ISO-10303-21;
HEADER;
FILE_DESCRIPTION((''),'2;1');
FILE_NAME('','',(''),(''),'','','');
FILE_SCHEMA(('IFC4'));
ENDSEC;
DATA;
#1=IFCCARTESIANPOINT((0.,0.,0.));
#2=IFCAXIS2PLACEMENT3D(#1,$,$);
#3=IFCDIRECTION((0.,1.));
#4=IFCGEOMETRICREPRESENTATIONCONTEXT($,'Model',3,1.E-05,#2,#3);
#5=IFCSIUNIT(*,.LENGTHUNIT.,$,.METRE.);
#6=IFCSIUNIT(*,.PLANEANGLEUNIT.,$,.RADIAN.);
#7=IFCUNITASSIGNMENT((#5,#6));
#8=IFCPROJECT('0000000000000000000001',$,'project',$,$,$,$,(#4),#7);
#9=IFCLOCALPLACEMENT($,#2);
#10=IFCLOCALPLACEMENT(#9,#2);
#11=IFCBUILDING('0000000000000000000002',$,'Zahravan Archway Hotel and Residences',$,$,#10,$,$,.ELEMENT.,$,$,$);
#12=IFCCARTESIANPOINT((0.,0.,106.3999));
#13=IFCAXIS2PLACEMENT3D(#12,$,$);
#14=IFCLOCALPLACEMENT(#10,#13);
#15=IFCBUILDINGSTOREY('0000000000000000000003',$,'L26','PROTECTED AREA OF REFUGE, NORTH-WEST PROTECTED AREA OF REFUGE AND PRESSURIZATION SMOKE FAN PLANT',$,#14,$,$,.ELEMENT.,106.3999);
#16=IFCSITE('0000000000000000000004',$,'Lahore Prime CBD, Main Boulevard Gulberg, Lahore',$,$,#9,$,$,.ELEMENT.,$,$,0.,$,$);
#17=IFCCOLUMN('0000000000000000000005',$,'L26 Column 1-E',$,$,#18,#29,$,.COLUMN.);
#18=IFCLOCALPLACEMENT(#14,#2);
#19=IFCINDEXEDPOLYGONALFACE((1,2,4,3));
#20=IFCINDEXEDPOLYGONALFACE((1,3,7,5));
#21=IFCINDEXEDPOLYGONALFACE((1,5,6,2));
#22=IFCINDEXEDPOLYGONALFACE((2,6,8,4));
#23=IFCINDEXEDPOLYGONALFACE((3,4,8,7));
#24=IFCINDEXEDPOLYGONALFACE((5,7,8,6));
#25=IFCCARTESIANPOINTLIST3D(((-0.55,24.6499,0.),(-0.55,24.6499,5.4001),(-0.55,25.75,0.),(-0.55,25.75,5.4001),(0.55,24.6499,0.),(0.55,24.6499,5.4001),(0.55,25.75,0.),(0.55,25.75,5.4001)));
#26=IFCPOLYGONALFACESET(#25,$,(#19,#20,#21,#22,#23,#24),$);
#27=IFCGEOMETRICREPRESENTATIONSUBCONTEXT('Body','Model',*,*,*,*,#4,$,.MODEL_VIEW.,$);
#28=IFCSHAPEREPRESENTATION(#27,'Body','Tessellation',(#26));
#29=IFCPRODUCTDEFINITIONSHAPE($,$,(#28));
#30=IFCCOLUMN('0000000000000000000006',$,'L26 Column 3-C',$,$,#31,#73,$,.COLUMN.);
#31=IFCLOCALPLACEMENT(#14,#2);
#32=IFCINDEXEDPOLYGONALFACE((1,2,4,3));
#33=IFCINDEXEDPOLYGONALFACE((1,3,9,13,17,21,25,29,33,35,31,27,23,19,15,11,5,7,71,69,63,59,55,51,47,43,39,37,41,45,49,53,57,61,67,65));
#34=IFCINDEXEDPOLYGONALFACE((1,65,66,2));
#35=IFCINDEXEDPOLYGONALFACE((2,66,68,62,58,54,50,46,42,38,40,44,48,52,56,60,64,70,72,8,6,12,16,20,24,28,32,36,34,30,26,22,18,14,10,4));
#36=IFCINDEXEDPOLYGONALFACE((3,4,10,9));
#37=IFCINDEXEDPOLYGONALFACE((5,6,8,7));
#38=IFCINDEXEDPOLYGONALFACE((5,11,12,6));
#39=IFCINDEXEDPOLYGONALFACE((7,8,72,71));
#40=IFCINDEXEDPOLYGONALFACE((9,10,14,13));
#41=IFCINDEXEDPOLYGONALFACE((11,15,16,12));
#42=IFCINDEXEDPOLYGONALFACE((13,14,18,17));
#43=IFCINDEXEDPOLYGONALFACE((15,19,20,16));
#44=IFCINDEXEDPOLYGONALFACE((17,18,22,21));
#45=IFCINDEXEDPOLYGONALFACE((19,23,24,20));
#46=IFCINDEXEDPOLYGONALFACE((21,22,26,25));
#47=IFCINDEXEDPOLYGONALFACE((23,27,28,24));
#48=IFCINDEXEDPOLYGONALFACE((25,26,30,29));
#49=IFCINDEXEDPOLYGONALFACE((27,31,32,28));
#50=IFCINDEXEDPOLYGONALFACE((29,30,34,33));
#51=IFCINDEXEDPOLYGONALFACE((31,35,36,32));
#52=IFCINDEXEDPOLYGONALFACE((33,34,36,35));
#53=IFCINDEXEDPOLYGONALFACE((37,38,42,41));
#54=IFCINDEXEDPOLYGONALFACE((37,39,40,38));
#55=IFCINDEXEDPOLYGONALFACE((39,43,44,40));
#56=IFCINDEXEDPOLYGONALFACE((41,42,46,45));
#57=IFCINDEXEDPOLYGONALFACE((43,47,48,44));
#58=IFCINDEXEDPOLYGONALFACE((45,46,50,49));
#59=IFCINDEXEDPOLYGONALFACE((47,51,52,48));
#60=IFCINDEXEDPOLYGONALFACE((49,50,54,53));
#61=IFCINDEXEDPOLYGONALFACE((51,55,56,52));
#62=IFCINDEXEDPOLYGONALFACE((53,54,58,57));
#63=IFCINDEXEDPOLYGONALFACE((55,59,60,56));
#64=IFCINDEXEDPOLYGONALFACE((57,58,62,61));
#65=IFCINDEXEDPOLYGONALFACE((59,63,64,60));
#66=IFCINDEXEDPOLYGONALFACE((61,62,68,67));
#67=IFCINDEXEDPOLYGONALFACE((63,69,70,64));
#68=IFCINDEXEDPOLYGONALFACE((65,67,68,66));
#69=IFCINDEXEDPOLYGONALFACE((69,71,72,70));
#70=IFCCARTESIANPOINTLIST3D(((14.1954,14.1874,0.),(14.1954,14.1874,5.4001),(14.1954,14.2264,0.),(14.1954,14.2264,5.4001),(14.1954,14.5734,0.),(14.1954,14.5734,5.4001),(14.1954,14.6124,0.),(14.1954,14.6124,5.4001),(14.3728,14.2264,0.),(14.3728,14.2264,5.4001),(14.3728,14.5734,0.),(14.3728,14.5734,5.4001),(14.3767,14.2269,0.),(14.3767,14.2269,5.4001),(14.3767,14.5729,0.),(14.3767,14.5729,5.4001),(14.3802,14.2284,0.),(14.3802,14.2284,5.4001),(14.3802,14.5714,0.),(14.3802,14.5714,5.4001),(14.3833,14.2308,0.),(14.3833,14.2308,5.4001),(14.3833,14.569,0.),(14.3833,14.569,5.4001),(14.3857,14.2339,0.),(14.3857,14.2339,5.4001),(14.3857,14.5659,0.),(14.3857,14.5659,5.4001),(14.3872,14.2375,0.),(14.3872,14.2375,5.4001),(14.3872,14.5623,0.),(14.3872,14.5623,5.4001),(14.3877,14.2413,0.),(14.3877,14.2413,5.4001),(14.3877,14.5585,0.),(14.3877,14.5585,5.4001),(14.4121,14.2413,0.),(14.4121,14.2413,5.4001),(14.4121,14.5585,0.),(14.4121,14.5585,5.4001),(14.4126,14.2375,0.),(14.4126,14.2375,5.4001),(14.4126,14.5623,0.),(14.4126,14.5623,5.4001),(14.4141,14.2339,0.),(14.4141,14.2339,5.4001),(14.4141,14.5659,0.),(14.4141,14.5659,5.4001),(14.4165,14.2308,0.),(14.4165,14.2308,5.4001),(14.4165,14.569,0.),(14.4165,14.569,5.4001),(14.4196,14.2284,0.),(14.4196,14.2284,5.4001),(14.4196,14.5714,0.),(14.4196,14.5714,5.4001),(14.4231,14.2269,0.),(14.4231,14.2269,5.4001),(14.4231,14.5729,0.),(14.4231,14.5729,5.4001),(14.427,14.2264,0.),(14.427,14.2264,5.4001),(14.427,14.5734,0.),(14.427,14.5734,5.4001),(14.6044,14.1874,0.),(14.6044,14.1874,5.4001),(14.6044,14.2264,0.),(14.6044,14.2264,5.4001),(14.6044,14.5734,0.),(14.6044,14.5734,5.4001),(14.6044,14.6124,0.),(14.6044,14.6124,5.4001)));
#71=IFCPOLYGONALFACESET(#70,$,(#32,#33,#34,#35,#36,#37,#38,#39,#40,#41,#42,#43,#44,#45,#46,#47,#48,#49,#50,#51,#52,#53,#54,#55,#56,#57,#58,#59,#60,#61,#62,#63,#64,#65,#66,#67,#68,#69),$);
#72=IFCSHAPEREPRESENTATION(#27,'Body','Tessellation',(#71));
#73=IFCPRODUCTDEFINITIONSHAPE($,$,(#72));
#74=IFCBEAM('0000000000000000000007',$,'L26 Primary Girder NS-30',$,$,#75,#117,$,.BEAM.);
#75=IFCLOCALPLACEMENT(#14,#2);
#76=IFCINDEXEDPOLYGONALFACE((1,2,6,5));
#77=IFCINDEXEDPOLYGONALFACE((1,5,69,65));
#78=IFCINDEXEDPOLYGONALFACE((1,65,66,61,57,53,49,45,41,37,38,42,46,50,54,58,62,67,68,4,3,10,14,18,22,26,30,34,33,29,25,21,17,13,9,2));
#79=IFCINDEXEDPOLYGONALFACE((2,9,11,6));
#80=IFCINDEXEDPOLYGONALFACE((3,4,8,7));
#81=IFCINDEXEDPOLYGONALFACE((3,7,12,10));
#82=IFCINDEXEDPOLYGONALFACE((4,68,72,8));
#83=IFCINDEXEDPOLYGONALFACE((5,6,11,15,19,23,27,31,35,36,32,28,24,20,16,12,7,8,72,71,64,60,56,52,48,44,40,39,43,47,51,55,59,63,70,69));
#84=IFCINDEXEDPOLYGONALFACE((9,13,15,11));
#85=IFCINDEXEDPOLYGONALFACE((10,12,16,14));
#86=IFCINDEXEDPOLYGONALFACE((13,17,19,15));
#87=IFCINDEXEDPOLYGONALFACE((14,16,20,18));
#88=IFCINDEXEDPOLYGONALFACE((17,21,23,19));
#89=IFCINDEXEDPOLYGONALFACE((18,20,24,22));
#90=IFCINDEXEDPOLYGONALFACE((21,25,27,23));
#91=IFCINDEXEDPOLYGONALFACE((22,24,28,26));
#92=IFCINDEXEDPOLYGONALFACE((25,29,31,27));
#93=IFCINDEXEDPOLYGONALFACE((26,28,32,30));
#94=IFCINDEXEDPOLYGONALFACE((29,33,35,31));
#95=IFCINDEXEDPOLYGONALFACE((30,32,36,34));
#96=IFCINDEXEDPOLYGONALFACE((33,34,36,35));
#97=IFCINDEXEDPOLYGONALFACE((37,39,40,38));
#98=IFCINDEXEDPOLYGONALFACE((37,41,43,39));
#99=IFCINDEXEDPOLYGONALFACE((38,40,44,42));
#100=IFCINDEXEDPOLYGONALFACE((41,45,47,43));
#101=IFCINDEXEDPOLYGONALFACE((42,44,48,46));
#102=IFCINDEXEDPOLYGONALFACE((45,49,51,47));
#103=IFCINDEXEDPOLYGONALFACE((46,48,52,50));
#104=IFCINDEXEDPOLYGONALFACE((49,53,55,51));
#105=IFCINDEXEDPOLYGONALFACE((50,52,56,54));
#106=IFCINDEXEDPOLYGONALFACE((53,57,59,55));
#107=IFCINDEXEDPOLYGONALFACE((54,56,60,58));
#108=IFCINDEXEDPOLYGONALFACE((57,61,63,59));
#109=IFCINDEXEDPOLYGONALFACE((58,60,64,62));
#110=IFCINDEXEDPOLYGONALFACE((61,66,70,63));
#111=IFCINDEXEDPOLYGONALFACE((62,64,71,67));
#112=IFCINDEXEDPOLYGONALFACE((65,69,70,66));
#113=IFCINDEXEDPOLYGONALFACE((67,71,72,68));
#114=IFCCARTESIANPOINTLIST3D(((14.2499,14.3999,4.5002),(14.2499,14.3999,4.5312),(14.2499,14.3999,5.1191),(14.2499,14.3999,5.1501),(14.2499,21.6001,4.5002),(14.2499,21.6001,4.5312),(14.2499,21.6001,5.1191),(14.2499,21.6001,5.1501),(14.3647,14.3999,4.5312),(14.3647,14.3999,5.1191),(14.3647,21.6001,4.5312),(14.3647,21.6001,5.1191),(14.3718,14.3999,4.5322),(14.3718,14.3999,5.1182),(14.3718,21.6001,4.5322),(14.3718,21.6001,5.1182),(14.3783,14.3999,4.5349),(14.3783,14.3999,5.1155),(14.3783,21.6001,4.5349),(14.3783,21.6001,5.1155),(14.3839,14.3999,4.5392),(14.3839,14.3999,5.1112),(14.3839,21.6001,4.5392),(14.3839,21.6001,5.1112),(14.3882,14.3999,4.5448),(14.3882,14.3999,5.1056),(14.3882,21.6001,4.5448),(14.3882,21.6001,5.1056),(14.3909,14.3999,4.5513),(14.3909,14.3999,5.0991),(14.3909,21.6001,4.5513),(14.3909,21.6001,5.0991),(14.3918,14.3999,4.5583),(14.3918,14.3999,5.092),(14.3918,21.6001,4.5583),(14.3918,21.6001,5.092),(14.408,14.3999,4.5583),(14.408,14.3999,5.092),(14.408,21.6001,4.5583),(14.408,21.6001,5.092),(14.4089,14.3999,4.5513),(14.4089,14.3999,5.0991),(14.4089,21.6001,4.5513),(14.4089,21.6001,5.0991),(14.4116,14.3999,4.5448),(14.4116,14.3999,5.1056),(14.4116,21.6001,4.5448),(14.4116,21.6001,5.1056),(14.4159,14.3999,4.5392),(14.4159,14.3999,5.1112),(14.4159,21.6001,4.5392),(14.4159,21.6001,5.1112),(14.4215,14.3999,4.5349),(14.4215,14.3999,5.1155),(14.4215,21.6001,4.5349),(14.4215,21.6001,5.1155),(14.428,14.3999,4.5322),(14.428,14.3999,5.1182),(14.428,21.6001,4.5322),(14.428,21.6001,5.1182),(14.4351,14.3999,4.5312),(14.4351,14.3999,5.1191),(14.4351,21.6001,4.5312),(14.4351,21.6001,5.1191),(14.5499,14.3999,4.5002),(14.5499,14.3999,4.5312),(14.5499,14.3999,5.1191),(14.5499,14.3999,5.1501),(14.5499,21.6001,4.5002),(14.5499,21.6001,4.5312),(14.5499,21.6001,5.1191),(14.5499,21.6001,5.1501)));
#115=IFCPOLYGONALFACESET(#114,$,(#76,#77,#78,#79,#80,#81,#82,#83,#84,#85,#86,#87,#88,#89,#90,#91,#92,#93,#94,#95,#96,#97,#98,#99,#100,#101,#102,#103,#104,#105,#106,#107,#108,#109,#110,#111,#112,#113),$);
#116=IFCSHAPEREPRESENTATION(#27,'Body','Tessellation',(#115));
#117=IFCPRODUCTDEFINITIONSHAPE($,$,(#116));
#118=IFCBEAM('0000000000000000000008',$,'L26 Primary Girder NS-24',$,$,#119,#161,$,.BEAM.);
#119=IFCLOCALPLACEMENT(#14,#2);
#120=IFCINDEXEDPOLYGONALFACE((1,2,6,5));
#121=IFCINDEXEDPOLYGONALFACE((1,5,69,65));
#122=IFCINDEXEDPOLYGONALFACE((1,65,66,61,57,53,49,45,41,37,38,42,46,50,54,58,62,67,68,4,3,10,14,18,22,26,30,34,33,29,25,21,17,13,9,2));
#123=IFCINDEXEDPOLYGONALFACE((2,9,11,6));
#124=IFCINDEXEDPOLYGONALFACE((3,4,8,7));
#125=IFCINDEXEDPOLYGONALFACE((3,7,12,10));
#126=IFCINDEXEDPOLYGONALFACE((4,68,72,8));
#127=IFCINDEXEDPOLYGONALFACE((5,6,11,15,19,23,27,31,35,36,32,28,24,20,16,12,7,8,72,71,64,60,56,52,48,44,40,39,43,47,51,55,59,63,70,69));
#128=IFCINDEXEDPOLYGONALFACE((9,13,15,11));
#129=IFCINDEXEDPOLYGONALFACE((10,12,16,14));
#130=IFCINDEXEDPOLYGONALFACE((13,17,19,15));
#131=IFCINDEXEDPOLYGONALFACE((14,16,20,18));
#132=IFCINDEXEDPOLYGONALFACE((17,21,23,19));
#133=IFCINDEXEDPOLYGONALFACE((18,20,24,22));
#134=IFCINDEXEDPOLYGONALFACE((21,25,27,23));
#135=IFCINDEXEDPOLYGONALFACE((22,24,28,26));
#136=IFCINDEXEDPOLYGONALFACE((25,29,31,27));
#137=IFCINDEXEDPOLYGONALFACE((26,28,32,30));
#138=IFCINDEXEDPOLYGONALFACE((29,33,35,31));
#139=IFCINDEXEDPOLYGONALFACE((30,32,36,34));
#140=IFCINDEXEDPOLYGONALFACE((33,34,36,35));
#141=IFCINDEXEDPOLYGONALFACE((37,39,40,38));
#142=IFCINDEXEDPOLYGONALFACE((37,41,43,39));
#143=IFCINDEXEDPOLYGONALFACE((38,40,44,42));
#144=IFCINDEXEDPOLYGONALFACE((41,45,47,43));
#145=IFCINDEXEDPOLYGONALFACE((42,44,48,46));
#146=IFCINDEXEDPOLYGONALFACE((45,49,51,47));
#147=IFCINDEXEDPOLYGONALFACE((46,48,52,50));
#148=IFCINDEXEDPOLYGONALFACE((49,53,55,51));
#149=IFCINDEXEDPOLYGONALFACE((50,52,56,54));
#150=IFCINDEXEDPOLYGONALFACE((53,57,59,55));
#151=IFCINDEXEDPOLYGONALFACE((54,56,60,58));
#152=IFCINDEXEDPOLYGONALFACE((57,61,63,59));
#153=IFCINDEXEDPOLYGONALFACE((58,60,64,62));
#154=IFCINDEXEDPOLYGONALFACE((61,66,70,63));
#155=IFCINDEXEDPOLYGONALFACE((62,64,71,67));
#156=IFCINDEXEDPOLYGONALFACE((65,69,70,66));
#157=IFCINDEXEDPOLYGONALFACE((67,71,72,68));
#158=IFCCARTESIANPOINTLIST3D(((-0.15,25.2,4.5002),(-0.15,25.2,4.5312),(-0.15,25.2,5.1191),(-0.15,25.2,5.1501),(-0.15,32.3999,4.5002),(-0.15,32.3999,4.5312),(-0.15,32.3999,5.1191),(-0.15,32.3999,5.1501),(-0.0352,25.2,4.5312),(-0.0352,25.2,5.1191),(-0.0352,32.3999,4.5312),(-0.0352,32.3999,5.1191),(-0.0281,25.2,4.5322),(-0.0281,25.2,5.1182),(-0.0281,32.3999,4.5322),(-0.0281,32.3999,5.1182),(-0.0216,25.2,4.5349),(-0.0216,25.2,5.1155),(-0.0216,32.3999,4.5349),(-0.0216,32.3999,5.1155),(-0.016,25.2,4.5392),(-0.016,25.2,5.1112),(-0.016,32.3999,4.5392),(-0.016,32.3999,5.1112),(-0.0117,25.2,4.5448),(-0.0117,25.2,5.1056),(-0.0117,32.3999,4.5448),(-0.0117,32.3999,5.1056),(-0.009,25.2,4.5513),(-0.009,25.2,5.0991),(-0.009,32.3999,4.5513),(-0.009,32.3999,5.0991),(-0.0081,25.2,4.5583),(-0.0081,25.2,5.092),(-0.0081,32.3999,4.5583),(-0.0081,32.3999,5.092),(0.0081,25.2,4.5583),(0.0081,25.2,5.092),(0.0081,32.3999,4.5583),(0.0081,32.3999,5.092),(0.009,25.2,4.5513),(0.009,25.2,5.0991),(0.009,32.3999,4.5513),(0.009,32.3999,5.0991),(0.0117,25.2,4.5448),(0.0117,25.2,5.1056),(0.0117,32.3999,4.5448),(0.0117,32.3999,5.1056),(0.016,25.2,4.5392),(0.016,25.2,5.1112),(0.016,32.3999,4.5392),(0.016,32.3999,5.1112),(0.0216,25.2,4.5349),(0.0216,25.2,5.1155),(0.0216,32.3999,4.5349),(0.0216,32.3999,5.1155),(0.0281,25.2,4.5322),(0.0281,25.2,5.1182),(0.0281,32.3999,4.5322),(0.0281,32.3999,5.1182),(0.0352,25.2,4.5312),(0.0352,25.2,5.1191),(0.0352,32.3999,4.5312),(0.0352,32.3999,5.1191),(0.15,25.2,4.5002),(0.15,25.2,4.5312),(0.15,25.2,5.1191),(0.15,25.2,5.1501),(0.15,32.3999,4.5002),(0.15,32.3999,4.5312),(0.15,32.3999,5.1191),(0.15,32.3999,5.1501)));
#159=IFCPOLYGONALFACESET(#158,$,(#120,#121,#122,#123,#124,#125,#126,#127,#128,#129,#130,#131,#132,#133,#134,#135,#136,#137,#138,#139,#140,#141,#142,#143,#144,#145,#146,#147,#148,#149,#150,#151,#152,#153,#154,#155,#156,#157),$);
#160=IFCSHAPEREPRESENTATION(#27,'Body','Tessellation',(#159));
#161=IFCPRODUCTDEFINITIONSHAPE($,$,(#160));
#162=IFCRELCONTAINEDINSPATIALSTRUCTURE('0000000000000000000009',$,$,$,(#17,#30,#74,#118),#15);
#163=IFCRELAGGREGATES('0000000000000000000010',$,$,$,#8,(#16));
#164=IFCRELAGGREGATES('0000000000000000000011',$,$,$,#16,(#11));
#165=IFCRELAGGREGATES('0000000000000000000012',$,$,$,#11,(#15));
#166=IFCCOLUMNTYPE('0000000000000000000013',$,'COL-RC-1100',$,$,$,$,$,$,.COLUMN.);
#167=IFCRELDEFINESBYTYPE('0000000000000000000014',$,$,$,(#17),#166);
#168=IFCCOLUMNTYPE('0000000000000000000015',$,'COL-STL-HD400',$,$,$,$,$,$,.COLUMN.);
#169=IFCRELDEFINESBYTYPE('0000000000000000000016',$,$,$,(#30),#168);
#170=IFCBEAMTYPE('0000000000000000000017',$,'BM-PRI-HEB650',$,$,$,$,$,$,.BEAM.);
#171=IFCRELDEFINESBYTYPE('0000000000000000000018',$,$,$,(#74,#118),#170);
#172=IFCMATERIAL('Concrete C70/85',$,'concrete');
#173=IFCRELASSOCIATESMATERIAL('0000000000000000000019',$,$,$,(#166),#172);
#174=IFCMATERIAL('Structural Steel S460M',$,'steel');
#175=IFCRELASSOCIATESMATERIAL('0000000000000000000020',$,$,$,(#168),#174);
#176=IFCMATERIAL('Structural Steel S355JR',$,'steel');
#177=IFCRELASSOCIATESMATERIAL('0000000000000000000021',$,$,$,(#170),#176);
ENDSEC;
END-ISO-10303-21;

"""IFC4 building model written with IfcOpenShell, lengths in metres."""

from ifc_helpers import new_model, si_unit, direction, frame, origin, origin_2d, place, context, subcontext, project, spatial, rectangle, i_section, extrude, source, transform, mapped, material, material_profile, profile_set, type_object, type_shapes, element, save


model = new_model("IFC4")

# Units and contexts
model_context = context("Model", 3, precision=1e-05, world=origin(), true_north=direction((0.0, 1.0)))
body_context = subcontext(model_context, "Body", "Model", "MODEL_VIEW")
ifc_project = project(units=[si_unit("LENGTHUNIT", "METRE"), si_unit("PLANEANGLEUNIT", "RADIAN")], contexts=[model_context])

# Site, building, storey
site_placement = place(None, origin())
site = spatial("IfcSite", under=ifc_project, at=site_placement, Name="Lahore Prime CBD, Main Boulevard Gulberg, Lahore", CompositionType="ELEMENT", RefElevation=0.0)
building_placement = place(site_placement, origin())
building = spatial("IfcBuilding", under=site, at=building_placement, Name="Zahravan Archway Hotel and Residences", CompositionType="ELEMENT")
storey_placement = place(building_placement, frame((0.0, 0.0, 106.3999)))
storey = spatial("IfcBuildingStorey", under=building, at=storey_placement, Name="L26", Description="PROTECTED AREA OF REFUGE, NORTH-WEST PROTECTED AREA OF REFUGE AND PRESSURIZATION SMOKE FAN PLANT", CompositionType="ELEMENT", Elevation=106.3999)

# Columns
ifc_material_1 = material(Name="Concrete C70/85", Category="concrete")
ifc_material_profile_1 = material_profile(ifc_material_1, rectangle(XDim=1.1001, YDim=1.1001, at=origin_2d()), Name="RC 1100x1100", Category="concrete")
ifc_profile_set_1 = profile_set([ifc_material_profile_1], Name="Concrete C70/85")
column_type_1 = type_object("IfcColumnType", Name="COL-RC-1100", PredefinedType="COLUMN", material=ifc_profile_set_1)
shared_shape_1 = source(origin(), body_context, "Body", "SweptSolid", [
    extrude(rectangle(XDim=1.1001, YDim=1.1001, at=origin_2d()), origin(), (0.0, 0.0, 1.0), 5.4001),
])
column_1_placement = place(storey_placement, frame((0.0, 25.2, 0.0), z_axis=(0.0, 0.0, 1.0), x_axis=(1.0, 0.0, 0.0)))
element("IfcColumn", 1, at=column_1_placement, inside=storey, type_object=column_type_1, Name="L26 Column 1-E", PredefinedType="COLUMN", context=body_context, shape_type="MappedRepresentation", body=[
    mapped(shared_shape_1, transform((0.0, 0.0, 0.0), scale=1.0)),
])
ifc_material_2 = material(Name="Structural Steel S460M", Category="steel")
ifc_material_profile_2 = material_profile(ifc_material_2, i_section(OverallWidth=0.4089, OverallDepth=0.425, WebThickness=0.0244, FlangeThickness=0.0391, FilletRadius=0.0149, at=origin_2d()), Name="HD 400x421", Category="steel")
ifc_profile_set_2 = profile_set([ifc_material_profile_2], Name="Structural Steel S460M")
column_type_2 = type_object("IfcColumnType", Name="COL-STL-HD400", PredefinedType="COLUMN", material=ifc_profile_set_2)
shared_shape_2 = source(origin(), body_context, "Body", "SweptSolid", [
    extrude(i_section(OverallWidth=0.4089, OverallDepth=0.425, WebThickness=0.0244, FlangeThickness=0.0391, FilletRadius=0.0149, at=origin_2d()), origin(), (0.0, 0.0, 1.0), 5.4001),
])
column_2_placement = place(storey_placement, frame((14.3999, 14.3999, 0.0), z_axis=(0.0, 0.0, 1.0), x_axis=(1.0, 0.0, 0.0)))
element("IfcColumn", 2, at=column_2_placement, inside=storey, type_object=column_type_2, Name="L26 Column 3-C", PredefinedType="COLUMN", context=body_context, shape_type="MappedRepresentation", body=[
    mapped(shared_shape_2, transform((0.0, 0.0, 0.0), scale=1.0)),
])

# Beams
ifc_material_3 = material(Name="Structural Steel S355JR", Category="steel")
ifc_material_profile_3 = material_profile(ifc_material_3, i_section(OverallWidth=0.3, OverallDepth=0.6499, WebThickness=0.0161, FlangeThickness=0.031, FilletRadius=0.0271, at=origin_2d()), Name="HEB 650", Category="steel")
ifc_profile_set_3 = profile_set([ifc_material_profile_3], Name="Structural Steel S355JR")
beam_type_1 = type_object("IfcBeamType", Name="BM-PRI-HEB650", PredefinedType="BEAM", material=ifc_profile_set_3)
shared_shape_3 = source(origin(), body_context, "Body", "SweptSolid", [
    extrude(i_section(OverallWidth=0.3, OverallDepth=0.6499, WebThickness=0.0161, FlangeThickness=0.031, FilletRadius=0.0271, at=origin_2d()), origin(), (0.0, 0.0, 1.0), 7.2002),
])
type_shapes(beam_type_1, [shared_shape_3])
beam_1_placement = place(storey_placement, frame((14.3999, 14.3999, 4.8252), z_axis=(0.0, 1.0, 0.0), x_axis=(-1.0, 0.0, 0.0)))
element("IfcBeam", 3, at=beam_1_placement, inside=storey, type_object=beam_type_1, Name="L26 Primary Girder NS-30", PredefinedType="BEAM", context=body_context, shape_type="MappedRepresentation", body=[
    mapped(shared_shape_3, transform((0.0, 0.0, 0.0), scale=1.0)),
])
shared_shape_4 = source(origin(), body_context, "Body", "SweptSolid", [
    extrude(i_section(OverallWidth=0.3, OverallDepth=0.6499, WebThickness=0.0161, FlangeThickness=0.031, FilletRadius=0.0271, at=origin_2d()), origin(), (0.0, 0.0, 1.0), 7.2),
])
beam_2_placement = place(storey_placement, frame((0.0, 25.2, 4.8252), z_axis=(0.0, 1.0, 0.0), x_axis=(-1.0, 0.0, 0.0)))
element("IfcBeam", 4, at=beam_2_placement, inside=storey, type_object=beam_type_1, Name="L26 Primary Girder NS-24", PredefinedType="BEAM", context=body_context, shape_type="MappedRepresentation", body=[
    mapped(shared_shape_4, transform((0.0, 0.0, 0.0), scale=1.0)),
])

save(model, "model.ifc")
